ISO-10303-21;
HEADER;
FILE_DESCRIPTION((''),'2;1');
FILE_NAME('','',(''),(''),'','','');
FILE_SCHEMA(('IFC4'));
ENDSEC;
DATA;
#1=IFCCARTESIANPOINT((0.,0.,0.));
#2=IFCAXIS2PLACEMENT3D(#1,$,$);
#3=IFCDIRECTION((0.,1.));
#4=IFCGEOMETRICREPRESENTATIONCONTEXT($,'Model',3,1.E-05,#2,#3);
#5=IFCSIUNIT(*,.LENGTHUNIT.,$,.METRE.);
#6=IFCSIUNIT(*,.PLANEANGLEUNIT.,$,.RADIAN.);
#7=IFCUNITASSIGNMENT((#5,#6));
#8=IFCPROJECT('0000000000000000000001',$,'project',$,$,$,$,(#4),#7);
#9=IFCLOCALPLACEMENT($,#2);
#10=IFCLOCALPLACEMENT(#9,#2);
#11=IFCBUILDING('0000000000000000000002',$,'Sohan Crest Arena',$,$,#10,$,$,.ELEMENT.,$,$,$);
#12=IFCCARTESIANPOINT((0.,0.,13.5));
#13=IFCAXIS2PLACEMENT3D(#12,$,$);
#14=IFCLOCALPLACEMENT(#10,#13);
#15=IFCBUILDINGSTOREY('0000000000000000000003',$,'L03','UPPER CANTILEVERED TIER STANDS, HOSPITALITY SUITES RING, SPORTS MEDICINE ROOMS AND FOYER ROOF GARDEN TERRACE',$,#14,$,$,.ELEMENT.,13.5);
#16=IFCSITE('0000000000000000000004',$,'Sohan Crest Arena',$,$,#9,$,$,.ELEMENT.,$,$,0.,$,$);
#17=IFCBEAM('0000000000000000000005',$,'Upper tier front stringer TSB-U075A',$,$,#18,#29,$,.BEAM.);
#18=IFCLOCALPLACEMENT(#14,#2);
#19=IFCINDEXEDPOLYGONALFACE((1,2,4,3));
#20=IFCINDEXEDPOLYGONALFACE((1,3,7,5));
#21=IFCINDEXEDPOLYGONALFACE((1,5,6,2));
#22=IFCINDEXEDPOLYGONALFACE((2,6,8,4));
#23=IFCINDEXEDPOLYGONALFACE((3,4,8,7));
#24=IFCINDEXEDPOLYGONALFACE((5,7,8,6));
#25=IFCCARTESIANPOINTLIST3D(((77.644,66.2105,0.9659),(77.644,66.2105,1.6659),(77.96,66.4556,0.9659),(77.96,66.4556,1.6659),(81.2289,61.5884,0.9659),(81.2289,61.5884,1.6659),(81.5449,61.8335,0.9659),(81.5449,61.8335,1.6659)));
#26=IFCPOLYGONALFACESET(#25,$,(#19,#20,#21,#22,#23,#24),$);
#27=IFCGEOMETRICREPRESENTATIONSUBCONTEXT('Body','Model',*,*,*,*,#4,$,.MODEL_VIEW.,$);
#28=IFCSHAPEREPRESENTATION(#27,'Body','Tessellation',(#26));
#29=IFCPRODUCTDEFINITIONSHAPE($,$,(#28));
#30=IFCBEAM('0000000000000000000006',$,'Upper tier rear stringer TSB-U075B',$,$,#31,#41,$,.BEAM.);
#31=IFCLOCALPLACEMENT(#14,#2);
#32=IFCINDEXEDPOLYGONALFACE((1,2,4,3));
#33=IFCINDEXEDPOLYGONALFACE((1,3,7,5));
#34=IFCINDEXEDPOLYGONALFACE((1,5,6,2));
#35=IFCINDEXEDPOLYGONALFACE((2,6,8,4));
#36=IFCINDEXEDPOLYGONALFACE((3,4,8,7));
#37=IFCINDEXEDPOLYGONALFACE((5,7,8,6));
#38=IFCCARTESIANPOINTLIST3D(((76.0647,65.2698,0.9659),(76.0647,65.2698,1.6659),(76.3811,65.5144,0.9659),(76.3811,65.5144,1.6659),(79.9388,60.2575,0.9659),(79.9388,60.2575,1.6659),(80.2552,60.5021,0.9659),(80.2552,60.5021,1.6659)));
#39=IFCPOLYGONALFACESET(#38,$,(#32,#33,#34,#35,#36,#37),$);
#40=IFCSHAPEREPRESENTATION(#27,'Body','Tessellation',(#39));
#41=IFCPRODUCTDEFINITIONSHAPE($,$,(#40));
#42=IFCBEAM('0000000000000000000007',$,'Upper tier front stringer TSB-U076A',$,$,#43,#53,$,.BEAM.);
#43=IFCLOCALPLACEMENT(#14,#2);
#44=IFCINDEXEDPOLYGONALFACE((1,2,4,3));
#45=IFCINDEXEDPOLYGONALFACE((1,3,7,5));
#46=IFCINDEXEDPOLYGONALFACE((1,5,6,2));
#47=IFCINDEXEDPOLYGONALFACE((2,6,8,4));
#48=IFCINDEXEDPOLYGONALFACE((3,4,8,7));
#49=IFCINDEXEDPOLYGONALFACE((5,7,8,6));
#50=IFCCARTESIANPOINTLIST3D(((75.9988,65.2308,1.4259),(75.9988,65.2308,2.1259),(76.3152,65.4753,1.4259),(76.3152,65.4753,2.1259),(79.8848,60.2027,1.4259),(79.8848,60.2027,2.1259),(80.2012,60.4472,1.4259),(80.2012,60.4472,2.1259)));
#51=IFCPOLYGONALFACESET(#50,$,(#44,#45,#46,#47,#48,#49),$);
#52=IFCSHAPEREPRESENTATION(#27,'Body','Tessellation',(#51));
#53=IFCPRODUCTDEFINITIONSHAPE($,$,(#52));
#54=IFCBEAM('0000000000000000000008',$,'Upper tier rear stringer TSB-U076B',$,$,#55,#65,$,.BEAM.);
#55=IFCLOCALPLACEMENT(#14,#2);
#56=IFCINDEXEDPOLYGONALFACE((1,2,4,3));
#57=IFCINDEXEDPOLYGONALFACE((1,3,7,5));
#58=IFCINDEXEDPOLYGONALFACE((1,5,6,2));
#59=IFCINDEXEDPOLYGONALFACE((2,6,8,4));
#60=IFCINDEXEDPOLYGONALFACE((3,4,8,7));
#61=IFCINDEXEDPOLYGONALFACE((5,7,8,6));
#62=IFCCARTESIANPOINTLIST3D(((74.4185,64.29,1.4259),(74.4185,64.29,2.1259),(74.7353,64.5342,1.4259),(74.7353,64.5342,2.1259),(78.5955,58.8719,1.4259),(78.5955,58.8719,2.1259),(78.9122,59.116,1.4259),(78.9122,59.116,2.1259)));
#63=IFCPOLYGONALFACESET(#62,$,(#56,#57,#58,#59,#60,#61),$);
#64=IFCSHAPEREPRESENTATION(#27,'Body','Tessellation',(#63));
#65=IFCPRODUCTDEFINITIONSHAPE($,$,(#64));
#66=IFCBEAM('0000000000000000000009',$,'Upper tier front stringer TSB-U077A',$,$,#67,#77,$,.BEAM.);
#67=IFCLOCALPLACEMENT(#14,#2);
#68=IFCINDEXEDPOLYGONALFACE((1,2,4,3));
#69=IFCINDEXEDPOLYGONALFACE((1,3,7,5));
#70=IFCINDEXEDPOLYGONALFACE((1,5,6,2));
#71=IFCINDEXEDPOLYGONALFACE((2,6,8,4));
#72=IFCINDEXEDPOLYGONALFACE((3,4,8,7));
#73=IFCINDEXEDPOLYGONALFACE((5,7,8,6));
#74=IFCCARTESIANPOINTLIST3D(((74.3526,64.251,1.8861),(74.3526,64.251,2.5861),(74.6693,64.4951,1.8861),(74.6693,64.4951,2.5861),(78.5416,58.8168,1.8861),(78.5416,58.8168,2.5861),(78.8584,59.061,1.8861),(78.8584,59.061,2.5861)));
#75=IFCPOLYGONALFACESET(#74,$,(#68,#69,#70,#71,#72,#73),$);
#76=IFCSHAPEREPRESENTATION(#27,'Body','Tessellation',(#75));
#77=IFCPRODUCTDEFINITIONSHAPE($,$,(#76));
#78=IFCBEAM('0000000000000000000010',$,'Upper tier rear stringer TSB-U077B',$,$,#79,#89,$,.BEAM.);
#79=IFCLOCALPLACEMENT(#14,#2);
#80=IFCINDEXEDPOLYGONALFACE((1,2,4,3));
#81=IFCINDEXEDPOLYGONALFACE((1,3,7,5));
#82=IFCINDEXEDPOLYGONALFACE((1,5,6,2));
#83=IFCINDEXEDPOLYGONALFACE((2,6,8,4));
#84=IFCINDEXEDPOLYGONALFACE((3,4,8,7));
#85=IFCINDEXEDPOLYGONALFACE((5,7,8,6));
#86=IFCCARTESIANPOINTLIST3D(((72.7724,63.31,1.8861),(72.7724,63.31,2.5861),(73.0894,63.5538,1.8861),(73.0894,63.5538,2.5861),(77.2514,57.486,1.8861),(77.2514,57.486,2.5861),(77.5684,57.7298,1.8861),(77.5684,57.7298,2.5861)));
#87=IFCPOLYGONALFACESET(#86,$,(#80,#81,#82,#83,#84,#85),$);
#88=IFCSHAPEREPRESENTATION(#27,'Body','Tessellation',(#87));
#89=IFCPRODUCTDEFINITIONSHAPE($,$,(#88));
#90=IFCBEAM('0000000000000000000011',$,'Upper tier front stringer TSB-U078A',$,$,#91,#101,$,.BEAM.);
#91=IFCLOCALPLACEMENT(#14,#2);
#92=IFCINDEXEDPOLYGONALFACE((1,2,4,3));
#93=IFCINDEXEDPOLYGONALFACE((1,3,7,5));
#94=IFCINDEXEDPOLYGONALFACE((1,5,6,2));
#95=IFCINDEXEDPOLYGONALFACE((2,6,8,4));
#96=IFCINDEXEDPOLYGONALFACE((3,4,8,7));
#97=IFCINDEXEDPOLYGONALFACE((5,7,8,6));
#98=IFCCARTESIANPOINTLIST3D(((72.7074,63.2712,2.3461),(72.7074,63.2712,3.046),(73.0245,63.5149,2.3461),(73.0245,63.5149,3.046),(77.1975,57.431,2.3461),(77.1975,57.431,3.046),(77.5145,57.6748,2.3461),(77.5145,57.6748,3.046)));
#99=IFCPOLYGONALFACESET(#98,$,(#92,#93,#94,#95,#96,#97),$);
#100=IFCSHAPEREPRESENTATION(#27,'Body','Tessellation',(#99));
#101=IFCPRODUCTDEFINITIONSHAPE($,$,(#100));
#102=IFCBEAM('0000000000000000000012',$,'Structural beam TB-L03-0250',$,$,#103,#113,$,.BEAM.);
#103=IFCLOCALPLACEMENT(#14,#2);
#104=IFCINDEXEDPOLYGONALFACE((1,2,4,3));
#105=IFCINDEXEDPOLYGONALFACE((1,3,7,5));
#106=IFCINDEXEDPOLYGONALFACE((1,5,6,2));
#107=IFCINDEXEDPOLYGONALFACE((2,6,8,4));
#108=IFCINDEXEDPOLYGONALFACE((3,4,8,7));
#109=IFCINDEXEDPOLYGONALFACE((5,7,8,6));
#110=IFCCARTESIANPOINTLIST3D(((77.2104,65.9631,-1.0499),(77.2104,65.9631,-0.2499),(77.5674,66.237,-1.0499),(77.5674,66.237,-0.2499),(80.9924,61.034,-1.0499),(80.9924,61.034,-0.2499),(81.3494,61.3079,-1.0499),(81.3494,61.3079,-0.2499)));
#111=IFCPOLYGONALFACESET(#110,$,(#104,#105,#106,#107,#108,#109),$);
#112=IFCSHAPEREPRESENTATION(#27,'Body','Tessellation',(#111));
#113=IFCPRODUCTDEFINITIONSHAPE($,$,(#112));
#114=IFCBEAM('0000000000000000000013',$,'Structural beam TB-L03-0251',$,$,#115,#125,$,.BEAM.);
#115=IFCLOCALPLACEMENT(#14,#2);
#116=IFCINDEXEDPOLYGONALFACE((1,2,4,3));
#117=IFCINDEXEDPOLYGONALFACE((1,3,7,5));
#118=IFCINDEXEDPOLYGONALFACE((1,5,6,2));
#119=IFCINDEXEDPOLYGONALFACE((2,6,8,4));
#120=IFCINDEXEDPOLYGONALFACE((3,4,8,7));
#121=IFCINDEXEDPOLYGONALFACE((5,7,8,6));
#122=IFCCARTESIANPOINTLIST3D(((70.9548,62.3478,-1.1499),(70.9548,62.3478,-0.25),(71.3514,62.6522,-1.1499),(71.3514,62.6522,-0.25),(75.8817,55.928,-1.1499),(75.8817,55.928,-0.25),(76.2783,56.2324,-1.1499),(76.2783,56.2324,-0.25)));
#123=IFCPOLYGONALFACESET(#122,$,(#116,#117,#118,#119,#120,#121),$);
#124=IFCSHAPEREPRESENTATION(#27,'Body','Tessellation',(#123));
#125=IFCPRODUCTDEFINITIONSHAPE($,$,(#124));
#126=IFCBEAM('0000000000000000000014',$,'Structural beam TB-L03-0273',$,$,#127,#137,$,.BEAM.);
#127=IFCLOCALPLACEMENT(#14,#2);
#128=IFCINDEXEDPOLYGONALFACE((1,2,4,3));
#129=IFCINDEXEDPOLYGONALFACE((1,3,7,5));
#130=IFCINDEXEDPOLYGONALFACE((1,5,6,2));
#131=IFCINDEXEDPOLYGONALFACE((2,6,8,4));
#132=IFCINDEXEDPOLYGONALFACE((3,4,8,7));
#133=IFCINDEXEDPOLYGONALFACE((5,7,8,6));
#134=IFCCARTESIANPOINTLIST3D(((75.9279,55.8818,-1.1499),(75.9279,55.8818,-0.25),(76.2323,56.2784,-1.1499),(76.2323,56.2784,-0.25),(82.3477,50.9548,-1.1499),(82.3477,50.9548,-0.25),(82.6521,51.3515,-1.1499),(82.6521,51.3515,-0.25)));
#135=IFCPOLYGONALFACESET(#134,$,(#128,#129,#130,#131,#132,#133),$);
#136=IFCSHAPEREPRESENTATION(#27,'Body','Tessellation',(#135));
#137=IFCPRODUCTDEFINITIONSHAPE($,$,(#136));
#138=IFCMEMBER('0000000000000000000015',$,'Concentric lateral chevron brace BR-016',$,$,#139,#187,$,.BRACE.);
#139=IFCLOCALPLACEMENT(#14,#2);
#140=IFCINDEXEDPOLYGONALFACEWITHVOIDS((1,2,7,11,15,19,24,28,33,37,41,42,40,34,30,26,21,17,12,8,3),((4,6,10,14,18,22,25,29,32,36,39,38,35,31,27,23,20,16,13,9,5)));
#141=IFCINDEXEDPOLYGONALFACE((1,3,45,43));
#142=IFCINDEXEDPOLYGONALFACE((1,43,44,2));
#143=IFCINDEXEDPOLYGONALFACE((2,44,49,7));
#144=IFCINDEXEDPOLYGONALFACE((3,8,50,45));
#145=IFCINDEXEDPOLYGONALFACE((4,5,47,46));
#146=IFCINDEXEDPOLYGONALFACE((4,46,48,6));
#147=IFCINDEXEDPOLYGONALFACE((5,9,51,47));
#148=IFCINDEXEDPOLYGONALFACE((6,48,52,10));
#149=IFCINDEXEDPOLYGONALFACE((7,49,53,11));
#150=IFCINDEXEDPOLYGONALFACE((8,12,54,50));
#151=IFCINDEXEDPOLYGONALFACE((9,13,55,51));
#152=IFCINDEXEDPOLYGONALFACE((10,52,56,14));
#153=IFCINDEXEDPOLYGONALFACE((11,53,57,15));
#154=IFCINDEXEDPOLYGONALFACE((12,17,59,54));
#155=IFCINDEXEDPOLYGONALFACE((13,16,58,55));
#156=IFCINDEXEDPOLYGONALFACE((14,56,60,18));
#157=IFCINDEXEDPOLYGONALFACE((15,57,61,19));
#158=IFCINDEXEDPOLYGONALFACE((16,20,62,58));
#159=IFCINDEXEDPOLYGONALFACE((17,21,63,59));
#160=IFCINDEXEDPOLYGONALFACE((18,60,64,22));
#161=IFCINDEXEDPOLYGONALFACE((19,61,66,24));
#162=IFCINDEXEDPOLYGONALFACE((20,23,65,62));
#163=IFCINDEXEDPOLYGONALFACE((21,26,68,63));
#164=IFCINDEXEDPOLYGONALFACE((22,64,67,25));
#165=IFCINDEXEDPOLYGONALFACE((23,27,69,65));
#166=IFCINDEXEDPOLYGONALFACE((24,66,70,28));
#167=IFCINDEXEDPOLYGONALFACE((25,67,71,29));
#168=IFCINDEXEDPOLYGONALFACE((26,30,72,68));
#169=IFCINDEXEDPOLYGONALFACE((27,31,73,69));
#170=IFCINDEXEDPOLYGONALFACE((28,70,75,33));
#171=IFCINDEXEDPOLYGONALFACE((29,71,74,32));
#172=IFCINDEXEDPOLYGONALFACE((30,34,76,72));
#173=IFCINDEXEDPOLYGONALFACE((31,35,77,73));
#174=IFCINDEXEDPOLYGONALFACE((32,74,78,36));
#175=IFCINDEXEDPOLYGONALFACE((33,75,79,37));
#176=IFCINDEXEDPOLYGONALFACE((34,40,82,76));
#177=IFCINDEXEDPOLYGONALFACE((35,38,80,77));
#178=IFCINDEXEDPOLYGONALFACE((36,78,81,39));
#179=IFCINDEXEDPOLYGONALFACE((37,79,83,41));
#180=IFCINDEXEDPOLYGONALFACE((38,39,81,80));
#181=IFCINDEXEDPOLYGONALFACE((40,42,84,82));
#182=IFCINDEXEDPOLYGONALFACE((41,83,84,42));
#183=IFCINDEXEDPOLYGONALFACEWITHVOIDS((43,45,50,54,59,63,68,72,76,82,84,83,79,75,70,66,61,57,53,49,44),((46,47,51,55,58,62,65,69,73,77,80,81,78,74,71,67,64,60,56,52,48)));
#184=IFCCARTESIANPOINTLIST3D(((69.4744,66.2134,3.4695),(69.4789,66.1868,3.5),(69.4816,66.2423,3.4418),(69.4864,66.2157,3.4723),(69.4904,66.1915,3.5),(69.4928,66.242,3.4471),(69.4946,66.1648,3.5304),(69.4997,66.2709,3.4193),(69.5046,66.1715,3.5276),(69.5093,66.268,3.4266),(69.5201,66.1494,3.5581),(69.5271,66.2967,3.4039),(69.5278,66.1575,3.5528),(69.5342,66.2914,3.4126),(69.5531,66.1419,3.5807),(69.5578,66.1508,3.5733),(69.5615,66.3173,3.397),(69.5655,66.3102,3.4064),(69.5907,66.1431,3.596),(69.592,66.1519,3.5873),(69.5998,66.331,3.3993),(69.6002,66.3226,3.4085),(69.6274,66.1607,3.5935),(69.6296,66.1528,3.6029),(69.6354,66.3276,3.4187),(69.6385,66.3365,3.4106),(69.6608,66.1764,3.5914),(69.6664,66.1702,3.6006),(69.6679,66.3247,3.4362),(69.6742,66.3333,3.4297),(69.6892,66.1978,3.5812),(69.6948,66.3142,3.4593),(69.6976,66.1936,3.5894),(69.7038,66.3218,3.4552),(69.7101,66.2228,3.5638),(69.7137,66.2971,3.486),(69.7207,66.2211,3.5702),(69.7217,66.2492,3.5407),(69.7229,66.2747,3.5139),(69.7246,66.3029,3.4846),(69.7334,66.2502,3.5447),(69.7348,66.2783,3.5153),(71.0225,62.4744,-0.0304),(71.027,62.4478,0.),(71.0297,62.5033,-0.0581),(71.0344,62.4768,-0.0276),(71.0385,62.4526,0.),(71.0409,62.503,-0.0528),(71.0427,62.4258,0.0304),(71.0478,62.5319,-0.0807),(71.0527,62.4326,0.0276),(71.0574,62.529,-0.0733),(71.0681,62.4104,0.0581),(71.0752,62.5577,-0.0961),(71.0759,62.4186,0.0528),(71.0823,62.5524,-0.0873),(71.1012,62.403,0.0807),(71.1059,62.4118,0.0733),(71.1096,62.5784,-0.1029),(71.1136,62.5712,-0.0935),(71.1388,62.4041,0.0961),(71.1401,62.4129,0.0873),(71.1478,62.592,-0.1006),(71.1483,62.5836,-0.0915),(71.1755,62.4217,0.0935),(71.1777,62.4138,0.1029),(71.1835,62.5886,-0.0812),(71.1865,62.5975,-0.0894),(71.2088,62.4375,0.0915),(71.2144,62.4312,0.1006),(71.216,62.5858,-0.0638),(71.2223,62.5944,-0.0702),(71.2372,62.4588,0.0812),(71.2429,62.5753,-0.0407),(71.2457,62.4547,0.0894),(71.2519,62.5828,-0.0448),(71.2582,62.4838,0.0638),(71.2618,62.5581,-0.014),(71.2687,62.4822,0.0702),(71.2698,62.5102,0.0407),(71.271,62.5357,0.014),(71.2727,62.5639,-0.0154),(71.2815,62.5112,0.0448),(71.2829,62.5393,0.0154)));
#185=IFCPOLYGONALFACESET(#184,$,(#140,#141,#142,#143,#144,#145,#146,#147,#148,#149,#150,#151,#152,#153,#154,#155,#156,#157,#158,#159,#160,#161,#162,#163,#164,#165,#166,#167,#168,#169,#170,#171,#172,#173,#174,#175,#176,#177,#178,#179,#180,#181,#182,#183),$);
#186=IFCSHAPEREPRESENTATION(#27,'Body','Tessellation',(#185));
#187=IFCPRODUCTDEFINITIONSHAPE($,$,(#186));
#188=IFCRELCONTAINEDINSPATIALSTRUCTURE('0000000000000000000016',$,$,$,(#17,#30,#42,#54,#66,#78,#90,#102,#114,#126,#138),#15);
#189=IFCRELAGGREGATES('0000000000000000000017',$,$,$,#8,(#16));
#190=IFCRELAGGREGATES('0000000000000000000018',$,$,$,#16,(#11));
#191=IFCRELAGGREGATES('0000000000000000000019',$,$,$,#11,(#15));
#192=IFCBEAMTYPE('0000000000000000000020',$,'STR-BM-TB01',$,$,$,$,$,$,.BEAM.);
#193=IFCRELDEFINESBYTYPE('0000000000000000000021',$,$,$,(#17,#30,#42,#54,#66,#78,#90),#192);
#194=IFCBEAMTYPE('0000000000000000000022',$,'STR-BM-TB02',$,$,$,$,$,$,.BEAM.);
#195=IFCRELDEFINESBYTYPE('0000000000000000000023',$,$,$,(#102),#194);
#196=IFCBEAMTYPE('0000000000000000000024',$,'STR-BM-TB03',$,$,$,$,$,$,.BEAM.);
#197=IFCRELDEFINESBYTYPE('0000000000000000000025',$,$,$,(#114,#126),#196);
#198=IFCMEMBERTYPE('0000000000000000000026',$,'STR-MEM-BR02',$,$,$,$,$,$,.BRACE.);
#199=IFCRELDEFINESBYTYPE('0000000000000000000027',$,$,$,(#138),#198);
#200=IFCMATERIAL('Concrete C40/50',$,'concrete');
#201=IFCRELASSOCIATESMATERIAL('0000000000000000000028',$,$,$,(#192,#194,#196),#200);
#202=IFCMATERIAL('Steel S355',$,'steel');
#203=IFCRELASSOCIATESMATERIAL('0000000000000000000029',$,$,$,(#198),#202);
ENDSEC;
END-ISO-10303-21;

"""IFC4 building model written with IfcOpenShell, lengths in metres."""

from ifc_helpers import new_model, si_unit, direction, frame, origin, origin_2d, place, context, subcontext, project, spatial, rectangle, hollow_circle, extrude, material, material_profile, profile_set, type_object, element, save


model = new_model("IFC4")

# Units and contexts
model_context = context("Model", 3, precision=1e-05, world=origin(), true_north=direction((0.0, 1.0)))
body_context = subcontext(model_context, "Body", "Model", "MODEL_VIEW")
ifc_project = project(units=[si_unit("LENGTHUNIT", "METRE"), si_unit("PLANEANGLEUNIT", "RADIAN")], contexts=[model_context])

# Site, building, storey
site_placement = place(None, origin())
site = spatial("IfcSite", under=ifc_project, at=site_placement, Name="Sohan Crest Arena", CompositionType="ELEMENT", RefElevation=0.0)
building_placement = place(site_placement, origin())
building = spatial("IfcBuilding", under=site, at=building_placement, Name="Sohan Crest Arena", CompositionType="ELEMENT")
storey_placement = place(building_placement, frame((0.0, 0.0, 13.5)))
storey = spatial("IfcBuildingStorey", under=building, at=storey_placement, Name="L03", Description="UPPER CANTILEVERED TIER STANDS, HOSPITALITY SUITES RING, SPORTS MEDICINE ROOMS AND FOYER ROOF GARDEN TERRACE", CompositionType="ELEMENT", Elevation=13.5)

# Shared definitions
ifc_material_1 = material(Name="Concrete C40/50", Category="concrete")

# Beams
ifc_material_2 = material(Name="Steel S355", Category="steel")
ifc_material_profile_1 = material_profile(ifc_material_1, rectangle(XDim=0.3999, YDim=0.7, at=origin_2d()), Name="RC-BM 400x700")
ifc_profile_set_1 = profile_set([ifc_material_profile_1], Name="Concrete C40/50")
beam_type_1 = type_object("IfcBeamType", Name="STR-BM-TB01", PredefinedType="BEAM", material=ifc_profile_set_1)
beam_1_placement = place(storey_placement, frame((77.802, 66.333, 1.3159), z_axis=(0.612877, -0.790179, 0.0), x_axis=(0.790179, 0.612877, 0.0)))
element("IfcBeam", 1, at=beam_1_placement, inside=storey, type_object=beam_type_1, Name="Upper tier front stringer TSB-U075A", PredefinedType="BEAM", context=body_context, shape_type="SweptSolid", body=[
    extrude(rectangle(XDim=0.3999, YDim=0.7, at=origin_2d()), origin(), (0.0, 0.0, 1.0), 5.8494),
])
beam_2_placement = place(storey_placement, frame((76.2229, 65.3921, 1.3159), z_axis=(0.611542, -0.791212, 0.0), x_axis=(0.791212, 0.611542, 0.0)))
element("IfcBeam", 2, at=beam_2_placement, inside=storey, type_object=beam_type_1, Name="Upper tier rear stringer TSB-U075B", PredefinedType="BEAM", context=body_context, shape_type="SweptSolid", body=[
    extrude(rectangle(XDim=0.3999, YDim=0.7, at=origin_2d()), origin(), (0.0, 0.0, 1.0), 6.335),
])
beam_3_placement = place(storey_placement, frame((76.157, 65.353, 1.7759), z_axis=(0.611512, -0.791235, 0.0), x_axis=(0.791235, 0.611512, 0.0)))
element("IfcBeam", 3, at=beam_3_placement, inside=storey, type_object=beam_type_1, Name="Upper tier front stringer TSB-U076A", PredefinedType="BEAM", context=body_context, shape_type="SweptSolid", body=[
    extrude(rectangle(XDim=0.3999, YDim=0.7, at=origin_2d()), origin(), (0.0, 0.0, 1.0), 6.3547),
])
beam_4_placement = place(storey_placement, frame((74.5769, 64.4121, 1.7759), z_axis=(0.61055, -0.791977, 0.0), x_axis=(0.791977, 0.61055, 0.0)))
element("IfcBeam", 4, at=beam_4_placement, inside=storey, type_object=beam_type_1, Name="Upper tier rear stringer TSB-U076B", PredefinedType="BEAM", context=body_context, shape_type="SweptSolid", body=[
    extrude(rectangle(XDim=0.3999, YDim=0.7, at=origin_2d()), origin(), (0.0, 0.0, 1.0), 6.8413),
])
beam_5_placement = place(storey_placement, frame((74.511, 64.373, 2.2361), z_axis=(0.610526, -0.791997, 0.0), x_axis=(0.791997, 0.610526, 0.0)))
element("IfcBeam", 5, at=beam_5_placement, inside=storey, type_object=beam_type_1, Name="Upper tier front stringer TSB-U077A", PredefinedType="BEAM", context=body_context, shape_type="SweptSolid", body=[
    extrude(rectangle(XDim=0.3999, YDim=0.7, at=origin_2d()), origin(), (0.0, 0.0, 1.0), 6.8613),
])
beam_6_placement = place(storey_placement, frame((72.9309, 63.4319, 2.2361), z_axis=(0.609627, -0.792688, 0.0), x_axis=(0.792688, 0.609627, 0.0)))
element("IfcBeam", 6, at=beam_6_placement, inside=storey, type_object=beam_type_1, Name="Upper tier rear stringer TSB-U077B", PredefinedType="BEAM", context=body_context, shape_type="SweptSolid", body=[
    extrude(rectangle(XDim=0.3999, YDim=0.7, at=origin_2d()), origin(), (0.0, 0.0, 1.0), 7.3472),
])
beam_7_placement = place(storey_placement, frame((72.866, 63.3931, 2.696), z_axis=(0.609507, -0.79278, 0.0), x_axis=(0.79278, 0.609507, 0.0)))
element("IfcBeam", 7, at=beam_7_placement, inside=storey, type_object=beam_type_1, Name="Upper tier front stringer TSB-U078A", PredefinedType="BEAM", context=body_context, shape_type="SweptSolid", body=[
    extrude(rectangle(XDim=0.3999, YDim=0.7, at=origin_2d()), origin(), (0.0, 0.0, 1.0), 7.3667),
])
ifc_material_profile_2 = material_profile(ifc_material_1, rectangle(XDim=0.45, YDim=0.8, at=origin_2d()), Name="RC-BM 450x800")
ifc_profile_set_2 = profile_set([ifc_material_profile_2], Name="Concrete C40/50")
beam_type_2 = type_object("IfcBeamType", Name="STR-BM-TB02", PredefinedType="BEAM", material=ifc_profile_set_2)
beam_8_placement = place(storey_placement, frame((77.3889, 66.1001, -0.6499), z_axis=(0.608728, -0.793379, 0.0), x_axis=(0.793379, 0.608728, 0.0)))
element("IfcBeam", 8, at=beam_8_placement, inside=storey, type_object=beam_type_2, Name="Structural beam TB-L03-0250", PredefinedType="BEAM", context=body_context, shape_type="SweptSolid", body=[
    extrude(rectangle(XDim=0.45, YDim=0.8, at=origin_2d()), origin(), (0.0, 0.0, 1.0), 6.2129),
])
ifc_material_profile_3 = material_profile(ifc_material_1, rectangle(XDim=0.5, YDim=0.8999, at=origin_2d()), Name="RC-BM 500x900")
ifc_profile_set_3 = profile_set([ifc_material_profile_3], Name="Concrete C40/50")
beam_type_3 = type_object("IfcBeamType", Name="STR-BM-TB03", PredefinedType="BEAM", material=ifc_profile_set_3)
for number, where, z_axis, x_axis, name in (
    (9, (71.1531, 62.5, -0.7), (0.608825, -0.793304, 0.0), (0.793304, 0.608825, 0.0), "Structural beam TB-L03-0251"),
    (10, (76.0801, 56.0801, -0.7), (0.793304, -0.608825, 0.0), (0.608825, 0.793304, 0.0), "Structural beam TB-L03-0273"),
):
    element("IfcBeam", number, at=place(storey_placement, frame(where, z_axis=z_axis, x_axis=x_axis)), inside=storey, type_object=beam_type_3, Name=name, PredefinedType="BEAM", context=body_context, shape_type="SweptSolid", body=[
        extrude(rectangle(XDim=0.5, YDim=0.8999, at=origin_2d()), origin(), (0.0, 0.0, 1.0), 8.0925),
    ])

# Member
ifc_material_profile_4 = material_profile(ifc_material_2, hollow_circle(Radius=0.1365, WallThickness=0.0125, at=origin_2d()), Name="CHS 273x12.5")
ifc_profile_set_4 = profile_set([ifc_material_profile_4], Name="Steel S355")
member_type_1 = type_object("IfcMemberType", Name="STR-MEM-BR02", PredefinedType="BRACE", material=ifc_profile_set_4)
member_1_placement = place(storey_placement, frame((71.1531, 62.5, 0.0), z_axis=(-0.289342, 0.698828, 0.654156), x_axis=(-0.923937, -0.382545, 0.0)))
element("IfcMember", 11, at=member_1_placement, inside=storey, type_object=member_type_1, Name="Concentric lateral chevron brace BR-016", PredefinedType="BRACE", context=body_context, shape_type="SweptSolid", body=[
    extrude(hollow_circle(Radius=0.1365, WallThickness=0.0125, at=origin_2d()), origin(), (0.0, 0.0, 1.0), 5.3503),
])

save(model, "model.ifc")
